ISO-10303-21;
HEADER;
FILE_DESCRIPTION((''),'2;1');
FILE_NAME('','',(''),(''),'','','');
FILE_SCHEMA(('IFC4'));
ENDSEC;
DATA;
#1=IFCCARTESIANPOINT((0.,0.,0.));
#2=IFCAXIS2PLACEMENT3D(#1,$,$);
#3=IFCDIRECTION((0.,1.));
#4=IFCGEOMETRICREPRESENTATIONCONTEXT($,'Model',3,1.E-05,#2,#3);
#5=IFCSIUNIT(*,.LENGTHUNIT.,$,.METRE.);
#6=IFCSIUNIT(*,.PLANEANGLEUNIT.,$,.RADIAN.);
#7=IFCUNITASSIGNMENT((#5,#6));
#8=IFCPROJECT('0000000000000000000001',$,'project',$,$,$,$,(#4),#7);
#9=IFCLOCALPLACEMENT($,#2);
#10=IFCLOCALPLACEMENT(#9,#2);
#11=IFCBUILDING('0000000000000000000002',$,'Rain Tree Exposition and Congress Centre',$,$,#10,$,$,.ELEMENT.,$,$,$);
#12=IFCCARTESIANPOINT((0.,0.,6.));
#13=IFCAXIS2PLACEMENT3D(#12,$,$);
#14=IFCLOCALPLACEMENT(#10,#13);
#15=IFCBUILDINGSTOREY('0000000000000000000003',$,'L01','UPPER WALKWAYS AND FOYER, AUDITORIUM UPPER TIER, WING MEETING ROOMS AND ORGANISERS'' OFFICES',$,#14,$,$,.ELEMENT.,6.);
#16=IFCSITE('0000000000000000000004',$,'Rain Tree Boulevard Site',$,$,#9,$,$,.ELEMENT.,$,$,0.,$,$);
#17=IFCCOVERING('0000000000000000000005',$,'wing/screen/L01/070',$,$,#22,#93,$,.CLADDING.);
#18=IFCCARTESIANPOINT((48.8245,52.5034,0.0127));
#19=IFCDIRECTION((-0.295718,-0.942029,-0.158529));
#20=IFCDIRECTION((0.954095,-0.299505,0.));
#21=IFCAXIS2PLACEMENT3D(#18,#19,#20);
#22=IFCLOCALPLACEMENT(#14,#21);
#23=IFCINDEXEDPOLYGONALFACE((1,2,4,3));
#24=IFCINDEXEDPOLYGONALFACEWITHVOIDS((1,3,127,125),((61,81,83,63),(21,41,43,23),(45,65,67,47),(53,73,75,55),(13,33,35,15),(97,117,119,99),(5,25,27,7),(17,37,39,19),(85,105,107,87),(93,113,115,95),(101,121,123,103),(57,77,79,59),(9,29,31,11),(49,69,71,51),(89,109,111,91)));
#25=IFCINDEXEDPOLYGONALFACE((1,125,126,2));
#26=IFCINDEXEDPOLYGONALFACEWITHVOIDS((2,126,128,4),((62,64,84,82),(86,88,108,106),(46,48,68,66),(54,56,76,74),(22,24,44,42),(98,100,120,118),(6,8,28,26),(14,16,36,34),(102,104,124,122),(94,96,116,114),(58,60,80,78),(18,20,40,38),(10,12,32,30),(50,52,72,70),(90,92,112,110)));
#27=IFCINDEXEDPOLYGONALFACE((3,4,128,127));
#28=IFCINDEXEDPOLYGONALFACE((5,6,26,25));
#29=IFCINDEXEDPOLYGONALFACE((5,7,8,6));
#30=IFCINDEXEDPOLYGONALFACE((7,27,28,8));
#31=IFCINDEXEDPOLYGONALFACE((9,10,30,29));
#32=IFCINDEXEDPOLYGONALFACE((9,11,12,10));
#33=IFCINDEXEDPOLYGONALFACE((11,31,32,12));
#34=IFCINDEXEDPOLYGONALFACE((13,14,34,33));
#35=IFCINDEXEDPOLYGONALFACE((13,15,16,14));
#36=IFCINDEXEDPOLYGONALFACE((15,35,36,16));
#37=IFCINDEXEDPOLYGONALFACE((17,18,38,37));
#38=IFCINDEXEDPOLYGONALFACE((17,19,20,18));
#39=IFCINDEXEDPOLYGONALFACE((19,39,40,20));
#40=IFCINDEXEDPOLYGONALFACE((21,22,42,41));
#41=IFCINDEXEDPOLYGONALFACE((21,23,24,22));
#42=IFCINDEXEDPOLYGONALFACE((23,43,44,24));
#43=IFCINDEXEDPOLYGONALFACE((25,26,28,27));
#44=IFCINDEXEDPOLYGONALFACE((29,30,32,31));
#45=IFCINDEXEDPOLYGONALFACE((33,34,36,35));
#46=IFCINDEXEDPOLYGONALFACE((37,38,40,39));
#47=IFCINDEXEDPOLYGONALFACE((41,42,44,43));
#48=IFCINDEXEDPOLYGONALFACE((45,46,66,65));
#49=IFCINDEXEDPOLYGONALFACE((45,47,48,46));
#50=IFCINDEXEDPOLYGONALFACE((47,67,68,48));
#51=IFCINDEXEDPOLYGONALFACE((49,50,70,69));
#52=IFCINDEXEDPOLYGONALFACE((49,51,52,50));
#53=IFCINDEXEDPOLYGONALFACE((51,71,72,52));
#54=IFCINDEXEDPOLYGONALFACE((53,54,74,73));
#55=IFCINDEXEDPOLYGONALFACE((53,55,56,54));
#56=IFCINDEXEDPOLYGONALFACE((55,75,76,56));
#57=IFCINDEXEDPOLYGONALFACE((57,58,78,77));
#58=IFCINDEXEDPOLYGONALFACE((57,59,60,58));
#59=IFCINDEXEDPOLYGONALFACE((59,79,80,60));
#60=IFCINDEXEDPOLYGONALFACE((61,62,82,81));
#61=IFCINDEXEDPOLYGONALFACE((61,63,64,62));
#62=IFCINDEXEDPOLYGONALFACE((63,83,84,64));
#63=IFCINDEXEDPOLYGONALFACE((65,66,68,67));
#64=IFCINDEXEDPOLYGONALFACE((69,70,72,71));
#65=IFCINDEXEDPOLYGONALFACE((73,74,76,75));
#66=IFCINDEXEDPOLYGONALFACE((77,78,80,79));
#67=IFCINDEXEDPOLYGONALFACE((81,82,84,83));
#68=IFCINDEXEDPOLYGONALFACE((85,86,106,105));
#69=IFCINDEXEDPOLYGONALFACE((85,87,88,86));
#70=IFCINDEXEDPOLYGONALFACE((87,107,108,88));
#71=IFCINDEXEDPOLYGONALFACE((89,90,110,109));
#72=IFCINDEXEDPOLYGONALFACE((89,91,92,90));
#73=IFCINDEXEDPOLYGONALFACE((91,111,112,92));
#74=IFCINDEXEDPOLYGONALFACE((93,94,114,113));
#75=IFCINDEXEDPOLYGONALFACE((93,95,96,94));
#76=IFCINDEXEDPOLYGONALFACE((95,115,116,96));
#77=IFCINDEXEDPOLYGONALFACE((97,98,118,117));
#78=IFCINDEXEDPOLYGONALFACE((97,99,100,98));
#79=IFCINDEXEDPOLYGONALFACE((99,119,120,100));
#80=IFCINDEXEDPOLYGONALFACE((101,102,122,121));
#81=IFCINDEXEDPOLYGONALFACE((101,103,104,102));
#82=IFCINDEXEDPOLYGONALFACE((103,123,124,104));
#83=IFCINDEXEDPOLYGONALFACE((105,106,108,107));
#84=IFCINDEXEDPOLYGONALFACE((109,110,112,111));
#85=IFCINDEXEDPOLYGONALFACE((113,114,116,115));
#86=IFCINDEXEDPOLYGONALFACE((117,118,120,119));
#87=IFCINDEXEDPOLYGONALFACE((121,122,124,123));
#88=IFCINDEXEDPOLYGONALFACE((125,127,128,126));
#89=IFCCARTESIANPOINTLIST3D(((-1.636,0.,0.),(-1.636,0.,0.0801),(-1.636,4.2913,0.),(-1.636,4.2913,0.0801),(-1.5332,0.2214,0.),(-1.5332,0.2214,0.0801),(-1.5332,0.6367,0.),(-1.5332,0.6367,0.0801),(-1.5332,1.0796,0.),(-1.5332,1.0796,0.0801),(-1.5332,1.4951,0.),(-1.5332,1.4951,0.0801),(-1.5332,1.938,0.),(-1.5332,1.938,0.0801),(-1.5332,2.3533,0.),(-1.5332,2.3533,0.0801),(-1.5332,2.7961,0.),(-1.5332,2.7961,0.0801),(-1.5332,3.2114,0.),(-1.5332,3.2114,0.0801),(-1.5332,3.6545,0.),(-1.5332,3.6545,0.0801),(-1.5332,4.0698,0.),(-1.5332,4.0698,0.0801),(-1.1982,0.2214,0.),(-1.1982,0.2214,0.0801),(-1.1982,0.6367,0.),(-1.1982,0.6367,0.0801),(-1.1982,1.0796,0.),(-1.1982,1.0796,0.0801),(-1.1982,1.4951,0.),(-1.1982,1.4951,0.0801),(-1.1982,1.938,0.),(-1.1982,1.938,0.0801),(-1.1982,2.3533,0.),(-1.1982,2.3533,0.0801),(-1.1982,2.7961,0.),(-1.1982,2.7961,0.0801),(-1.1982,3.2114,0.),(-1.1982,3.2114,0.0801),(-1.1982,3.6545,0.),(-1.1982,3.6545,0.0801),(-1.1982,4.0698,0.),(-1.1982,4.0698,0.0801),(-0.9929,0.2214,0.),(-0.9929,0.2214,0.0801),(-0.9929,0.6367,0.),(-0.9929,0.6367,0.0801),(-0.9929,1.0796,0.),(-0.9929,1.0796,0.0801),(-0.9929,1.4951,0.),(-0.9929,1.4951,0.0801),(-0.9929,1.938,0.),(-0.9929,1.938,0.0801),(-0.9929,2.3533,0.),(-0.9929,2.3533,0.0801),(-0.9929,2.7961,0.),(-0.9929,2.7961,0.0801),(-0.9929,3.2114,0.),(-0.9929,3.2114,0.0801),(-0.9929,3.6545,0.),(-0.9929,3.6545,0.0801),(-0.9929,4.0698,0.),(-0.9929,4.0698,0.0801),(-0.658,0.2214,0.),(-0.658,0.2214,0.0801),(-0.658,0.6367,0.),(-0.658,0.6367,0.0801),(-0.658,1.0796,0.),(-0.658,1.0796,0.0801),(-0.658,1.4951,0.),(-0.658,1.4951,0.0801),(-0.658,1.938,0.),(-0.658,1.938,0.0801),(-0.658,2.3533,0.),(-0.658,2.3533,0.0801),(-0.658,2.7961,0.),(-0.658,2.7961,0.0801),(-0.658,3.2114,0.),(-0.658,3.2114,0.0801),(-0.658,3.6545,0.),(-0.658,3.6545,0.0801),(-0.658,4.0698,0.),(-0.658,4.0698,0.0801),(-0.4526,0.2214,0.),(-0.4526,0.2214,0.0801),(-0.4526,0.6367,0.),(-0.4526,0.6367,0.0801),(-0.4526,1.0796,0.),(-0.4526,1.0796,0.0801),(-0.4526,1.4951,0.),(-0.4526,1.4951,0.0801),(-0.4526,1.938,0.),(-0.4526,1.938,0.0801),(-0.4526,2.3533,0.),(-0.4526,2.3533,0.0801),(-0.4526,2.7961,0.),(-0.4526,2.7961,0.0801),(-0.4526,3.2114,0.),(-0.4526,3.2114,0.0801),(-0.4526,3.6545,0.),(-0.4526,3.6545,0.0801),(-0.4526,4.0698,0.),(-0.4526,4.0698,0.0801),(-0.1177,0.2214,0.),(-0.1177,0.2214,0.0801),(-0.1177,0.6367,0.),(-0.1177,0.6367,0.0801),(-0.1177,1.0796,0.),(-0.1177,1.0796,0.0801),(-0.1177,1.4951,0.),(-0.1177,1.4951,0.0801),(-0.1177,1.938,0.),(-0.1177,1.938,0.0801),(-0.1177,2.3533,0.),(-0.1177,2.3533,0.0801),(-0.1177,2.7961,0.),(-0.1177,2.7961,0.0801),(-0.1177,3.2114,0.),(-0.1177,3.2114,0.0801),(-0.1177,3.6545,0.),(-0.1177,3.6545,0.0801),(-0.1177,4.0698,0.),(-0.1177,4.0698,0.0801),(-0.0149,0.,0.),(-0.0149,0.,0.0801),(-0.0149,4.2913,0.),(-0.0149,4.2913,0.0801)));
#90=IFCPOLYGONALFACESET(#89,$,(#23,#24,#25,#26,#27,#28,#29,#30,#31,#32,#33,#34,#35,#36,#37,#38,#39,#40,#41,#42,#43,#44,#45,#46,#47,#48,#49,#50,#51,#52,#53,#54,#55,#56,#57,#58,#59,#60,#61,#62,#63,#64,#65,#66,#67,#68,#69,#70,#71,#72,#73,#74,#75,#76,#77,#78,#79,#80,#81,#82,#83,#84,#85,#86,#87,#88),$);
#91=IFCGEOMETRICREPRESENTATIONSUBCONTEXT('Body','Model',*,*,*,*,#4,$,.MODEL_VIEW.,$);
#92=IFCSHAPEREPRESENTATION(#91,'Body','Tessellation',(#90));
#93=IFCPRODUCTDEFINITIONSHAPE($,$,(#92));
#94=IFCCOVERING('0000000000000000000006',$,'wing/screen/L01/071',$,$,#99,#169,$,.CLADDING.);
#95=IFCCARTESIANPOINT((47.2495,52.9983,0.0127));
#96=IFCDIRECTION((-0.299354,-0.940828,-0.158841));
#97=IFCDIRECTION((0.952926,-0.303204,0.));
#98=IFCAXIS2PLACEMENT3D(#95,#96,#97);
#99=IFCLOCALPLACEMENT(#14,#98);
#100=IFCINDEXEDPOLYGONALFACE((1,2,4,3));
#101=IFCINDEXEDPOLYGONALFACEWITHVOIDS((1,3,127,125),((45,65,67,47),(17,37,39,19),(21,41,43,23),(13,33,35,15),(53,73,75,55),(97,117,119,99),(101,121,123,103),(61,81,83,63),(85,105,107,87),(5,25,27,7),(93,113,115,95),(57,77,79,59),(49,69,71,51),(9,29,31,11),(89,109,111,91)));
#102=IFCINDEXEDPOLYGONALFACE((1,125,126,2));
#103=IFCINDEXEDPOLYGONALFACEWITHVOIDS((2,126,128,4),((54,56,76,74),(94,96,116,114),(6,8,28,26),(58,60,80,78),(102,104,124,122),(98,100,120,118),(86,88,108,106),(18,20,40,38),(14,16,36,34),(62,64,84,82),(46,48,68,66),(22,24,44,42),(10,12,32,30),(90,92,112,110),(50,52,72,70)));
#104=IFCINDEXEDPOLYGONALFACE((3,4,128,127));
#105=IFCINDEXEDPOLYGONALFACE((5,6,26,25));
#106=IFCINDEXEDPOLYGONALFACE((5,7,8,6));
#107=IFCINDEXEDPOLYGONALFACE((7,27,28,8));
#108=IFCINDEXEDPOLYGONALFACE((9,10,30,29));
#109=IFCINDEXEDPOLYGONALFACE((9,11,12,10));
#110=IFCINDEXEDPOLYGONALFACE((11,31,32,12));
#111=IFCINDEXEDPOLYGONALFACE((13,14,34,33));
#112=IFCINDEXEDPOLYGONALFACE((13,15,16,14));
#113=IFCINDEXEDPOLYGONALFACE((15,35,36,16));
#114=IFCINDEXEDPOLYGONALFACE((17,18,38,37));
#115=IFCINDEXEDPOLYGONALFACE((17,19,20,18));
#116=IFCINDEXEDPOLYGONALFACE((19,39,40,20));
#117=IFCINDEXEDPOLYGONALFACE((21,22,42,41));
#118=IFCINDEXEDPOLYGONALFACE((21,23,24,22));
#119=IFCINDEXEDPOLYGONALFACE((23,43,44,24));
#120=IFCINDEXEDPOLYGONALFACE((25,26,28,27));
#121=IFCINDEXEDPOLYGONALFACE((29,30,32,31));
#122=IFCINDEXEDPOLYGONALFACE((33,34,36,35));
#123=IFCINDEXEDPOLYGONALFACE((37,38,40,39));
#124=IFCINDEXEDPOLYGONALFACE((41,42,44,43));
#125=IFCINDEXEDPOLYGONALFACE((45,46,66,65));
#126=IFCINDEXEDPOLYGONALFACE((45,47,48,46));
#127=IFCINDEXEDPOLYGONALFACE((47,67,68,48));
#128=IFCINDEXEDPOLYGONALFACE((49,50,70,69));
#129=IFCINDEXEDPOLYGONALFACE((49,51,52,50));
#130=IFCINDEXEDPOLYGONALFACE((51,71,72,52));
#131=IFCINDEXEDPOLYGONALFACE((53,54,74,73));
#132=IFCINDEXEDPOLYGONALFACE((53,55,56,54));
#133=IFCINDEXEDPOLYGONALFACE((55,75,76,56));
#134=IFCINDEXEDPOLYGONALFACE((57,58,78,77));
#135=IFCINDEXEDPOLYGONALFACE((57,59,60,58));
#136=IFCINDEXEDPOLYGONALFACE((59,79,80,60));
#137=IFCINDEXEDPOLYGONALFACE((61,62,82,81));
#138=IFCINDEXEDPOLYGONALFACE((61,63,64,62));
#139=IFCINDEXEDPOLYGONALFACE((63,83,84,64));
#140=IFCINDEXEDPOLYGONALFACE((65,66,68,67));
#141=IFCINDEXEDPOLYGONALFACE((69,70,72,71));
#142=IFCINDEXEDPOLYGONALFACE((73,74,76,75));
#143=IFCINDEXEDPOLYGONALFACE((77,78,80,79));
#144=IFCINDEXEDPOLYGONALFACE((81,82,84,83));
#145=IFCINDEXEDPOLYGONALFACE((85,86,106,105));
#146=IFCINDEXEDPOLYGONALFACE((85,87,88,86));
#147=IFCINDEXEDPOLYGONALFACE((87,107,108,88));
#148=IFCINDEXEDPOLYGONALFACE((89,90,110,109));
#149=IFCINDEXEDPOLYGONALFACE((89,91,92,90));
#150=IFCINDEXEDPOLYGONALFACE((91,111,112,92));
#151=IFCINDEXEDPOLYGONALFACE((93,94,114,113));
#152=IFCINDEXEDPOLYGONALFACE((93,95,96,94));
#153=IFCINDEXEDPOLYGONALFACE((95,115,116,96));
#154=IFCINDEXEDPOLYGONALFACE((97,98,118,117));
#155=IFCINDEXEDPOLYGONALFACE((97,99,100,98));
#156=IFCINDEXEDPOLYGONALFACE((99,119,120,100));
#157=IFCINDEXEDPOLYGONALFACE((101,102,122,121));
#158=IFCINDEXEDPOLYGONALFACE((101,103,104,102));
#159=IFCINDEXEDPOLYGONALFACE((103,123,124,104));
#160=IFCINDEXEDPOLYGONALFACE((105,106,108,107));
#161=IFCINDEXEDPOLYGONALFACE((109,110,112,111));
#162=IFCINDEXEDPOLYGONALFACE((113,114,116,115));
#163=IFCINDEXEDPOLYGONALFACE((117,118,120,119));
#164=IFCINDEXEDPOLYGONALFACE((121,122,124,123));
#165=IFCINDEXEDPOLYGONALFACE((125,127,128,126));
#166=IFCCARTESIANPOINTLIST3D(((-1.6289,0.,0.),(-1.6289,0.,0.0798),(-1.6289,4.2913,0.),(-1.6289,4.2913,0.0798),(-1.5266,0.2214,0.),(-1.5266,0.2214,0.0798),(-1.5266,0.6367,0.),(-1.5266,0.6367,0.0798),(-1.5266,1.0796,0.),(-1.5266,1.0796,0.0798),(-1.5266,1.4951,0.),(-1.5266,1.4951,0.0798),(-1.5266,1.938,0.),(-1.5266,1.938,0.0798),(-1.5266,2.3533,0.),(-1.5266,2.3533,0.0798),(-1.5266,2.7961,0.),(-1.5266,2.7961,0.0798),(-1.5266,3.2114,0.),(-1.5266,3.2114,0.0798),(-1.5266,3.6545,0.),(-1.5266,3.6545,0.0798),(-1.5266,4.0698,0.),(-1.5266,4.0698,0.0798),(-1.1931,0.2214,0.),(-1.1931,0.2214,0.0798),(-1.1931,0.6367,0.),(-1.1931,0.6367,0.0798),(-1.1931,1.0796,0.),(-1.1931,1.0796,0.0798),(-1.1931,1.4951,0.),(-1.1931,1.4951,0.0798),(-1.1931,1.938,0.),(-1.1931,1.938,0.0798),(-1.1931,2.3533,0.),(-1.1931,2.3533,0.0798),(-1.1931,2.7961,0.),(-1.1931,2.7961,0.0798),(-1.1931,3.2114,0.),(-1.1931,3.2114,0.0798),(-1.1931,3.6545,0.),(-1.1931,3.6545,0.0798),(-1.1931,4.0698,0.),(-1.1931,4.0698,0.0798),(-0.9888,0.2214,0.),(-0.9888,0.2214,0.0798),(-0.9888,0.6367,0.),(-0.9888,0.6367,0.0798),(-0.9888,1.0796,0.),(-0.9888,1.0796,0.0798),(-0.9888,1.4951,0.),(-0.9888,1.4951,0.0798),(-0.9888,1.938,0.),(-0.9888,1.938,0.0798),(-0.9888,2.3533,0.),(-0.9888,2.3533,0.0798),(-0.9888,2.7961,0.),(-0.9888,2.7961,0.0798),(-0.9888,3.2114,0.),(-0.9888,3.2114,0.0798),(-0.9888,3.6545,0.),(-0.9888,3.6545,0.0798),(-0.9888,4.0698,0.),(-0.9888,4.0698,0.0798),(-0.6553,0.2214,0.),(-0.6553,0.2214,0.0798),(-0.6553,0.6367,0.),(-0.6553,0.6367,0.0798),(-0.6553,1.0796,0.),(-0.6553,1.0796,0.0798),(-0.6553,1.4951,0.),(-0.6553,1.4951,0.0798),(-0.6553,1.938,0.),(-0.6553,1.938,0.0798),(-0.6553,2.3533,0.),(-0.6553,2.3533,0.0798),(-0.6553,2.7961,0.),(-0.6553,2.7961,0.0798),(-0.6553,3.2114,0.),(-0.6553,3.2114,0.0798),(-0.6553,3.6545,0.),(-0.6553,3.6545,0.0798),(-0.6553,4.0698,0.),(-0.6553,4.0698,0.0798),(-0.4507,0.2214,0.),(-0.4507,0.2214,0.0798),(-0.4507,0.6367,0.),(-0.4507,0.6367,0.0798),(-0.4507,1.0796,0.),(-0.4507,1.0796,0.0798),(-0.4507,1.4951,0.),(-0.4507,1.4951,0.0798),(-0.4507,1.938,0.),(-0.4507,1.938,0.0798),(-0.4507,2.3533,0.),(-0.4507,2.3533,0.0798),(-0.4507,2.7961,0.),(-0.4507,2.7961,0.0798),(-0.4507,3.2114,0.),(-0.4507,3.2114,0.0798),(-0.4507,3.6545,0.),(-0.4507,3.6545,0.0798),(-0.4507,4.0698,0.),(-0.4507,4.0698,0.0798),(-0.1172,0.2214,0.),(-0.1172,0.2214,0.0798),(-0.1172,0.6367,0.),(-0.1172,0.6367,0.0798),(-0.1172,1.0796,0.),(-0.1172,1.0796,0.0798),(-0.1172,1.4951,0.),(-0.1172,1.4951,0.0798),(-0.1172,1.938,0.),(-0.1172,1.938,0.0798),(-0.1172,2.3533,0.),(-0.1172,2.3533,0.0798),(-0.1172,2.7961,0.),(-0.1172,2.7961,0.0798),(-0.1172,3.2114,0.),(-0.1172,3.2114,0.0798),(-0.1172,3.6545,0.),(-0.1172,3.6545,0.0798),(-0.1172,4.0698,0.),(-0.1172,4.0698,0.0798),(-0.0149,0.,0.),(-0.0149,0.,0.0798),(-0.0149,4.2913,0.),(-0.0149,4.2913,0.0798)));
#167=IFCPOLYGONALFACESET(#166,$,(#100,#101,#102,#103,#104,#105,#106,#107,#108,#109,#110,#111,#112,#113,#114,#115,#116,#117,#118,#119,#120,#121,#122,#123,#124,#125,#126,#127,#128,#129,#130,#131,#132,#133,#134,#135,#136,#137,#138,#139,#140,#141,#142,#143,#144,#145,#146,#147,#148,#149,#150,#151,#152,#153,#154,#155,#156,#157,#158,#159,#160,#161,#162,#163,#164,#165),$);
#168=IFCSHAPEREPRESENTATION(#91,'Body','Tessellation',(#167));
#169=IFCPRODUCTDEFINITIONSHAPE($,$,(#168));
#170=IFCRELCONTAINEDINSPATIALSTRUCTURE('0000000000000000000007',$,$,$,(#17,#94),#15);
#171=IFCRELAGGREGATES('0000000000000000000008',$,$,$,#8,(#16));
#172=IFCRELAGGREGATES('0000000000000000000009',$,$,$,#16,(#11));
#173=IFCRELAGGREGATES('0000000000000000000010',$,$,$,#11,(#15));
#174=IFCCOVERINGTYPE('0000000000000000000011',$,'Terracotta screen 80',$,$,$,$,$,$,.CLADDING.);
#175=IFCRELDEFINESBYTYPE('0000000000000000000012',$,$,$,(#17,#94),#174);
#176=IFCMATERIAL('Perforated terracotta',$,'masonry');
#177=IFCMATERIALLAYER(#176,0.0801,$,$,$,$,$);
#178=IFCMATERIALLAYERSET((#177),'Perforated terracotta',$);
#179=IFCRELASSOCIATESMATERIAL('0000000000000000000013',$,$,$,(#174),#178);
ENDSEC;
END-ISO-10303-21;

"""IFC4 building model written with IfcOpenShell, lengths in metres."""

from ifc_helpers import new_model, si_unit, direction, frame, origin, place, context, subcontext, project, spatial, polyline, outline, extrude, material, layer, layer_set, type_object, element, save


model = new_model("IFC4")

# Units and contexts
model_context = context("Model", 3, precision=1e-05, world=origin(), true_north=direction((0.0, 1.0)))
body_context = subcontext(model_context, "Body", "Model", "MODEL_VIEW")
ifc_project = project(units=[si_unit("LENGTHUNIT", "METRE"), si_unit("PLANEANGLEUNIT", "RADIAN")], contexts=[model_context])

# Site, building, storey
site_placement = place(None, origin())
site = spatial("IfcSite", under=ifc_project, at=site_placement, Name="Rain Tree Boulevard Site", CompositionType="ELEMENT", RefElevation=0.0)
building_placement = place(site_placement, origin())
building = spatial("IfcBuilding", under=site, at=building_placement, Name="Rain Tree Exposition and Congress Centre", CompositionType="ELEMENT")
storey_placement = place(building_placement, frame((0.0, 0.0, 6.0)))
storey = spatial("IfcBuildingStorey", under=building, at=storey_placement, Name="L01", Description="UPPER WALKWAYS AND FOYER, AUDITORIUM UPPER TIER, WING MEETING ROOMS AND ORGANISERS' OFFICES", CompositionType="ELEMENT", Elevation=6.0)

# Coverings
ifc_material_1 = material(Name="Perforated terracotta", Category="masonry")
ifc_layer_1 = layer(ifc_material_1, 0.0801)
ifc_layer_set_1 = layer_set([ifc_layer_1], Name="Perforated terracotta")
covering_type = type_object("IfcCoveringType", Name="Terracotta screen 80", PredefinedType="CLADDING", material=ifc_layer_set_1)
covering_1_placement = place(storey_placement, frame((48.8245, 52.5034, 0.0127), z_axis=(-0.295718, -0.942029, -0.158529), x_axis=(0.954095, -0.299505, 0.0)))
element("IfcCovering", 1, at=covering_1_placement, inside=storey, type_object=covering_type, Name="wing/screen/L01/070", PredefinedType="CLADDING", context=body_context, shape_type="SweptSolid", body=[
    extrude(outline(polyline([(-1.636, 0.0), (-1.636, 4.2913), (-0.0149, 4.2913), (-0.0149, 0.0), (-1.636, 0.0)]), holes=[polyline([(-0.1177, 0.2214), (-0.1177, 0.6367), (-0.4526, 0.6367), (-0.4526, 0.2214), (-0.1177, 0.2214)]), polyline([(-0.1177, 1.0796), (-0.1177, 1.4951), (-0.4526, 1.4951), (-0.4526, 1.0796), (-0.1177, 1.0796)]), polyline([(-0.1177, 1.938), (-0.1177, 2.3533), (-0.4526, 2.3533), (-0.4526, 1.938), (-0.1177, 1.938)]), polyline([(-0.1177, 2.7961), (-0.1177, 3.2114), (-0.4526, 3.2114), (-0.4526, 2.7961), (-0.1177, 2.7961)]), polyline([(-0.1177, 3.6545), (-0.1177, 4.0698), (-0.4526, 4.0698), (-0.4526, 3.6545), (-0.1177, 3.6545)]), polyline([(-0.658, 0.2214), (-0.658, 0.6367), (-0.9929, 0.6367), (-0.9929, 0.2214), (-0.658, 0.2214)]), polyline([(-0.658, 1.0796), (-0.658, 1.4951), (-0.9929, 1.4951), (-0.9929, 1.0796), (-0.658, 1.0796)]), polyline([(-0.658, 1.938), (-0.658, 2.3533), (-0.9929, 2.3533), (-0.9929, 1.938), (-0.658, 1.938)]), polyline([(-0.658, 2.7961), (-0.658, 3.2114), (-0.9929, 3.2114), (-0.9929, 2.7961), (-0.658, 2.7961)]), polyline([(-0.658, 3.6545), (-0.658, 4.0698), (-0.9929, 4.0698), (-0.9929, 3.6545), (-0.658, 3.6545)]), polyline([(-1.1982, 0.2214), (-1.1982, 0.6367), (-1.5332, 0.6367), (-1.5332, 0.2214), (-1.1982, 0.2214)]), polyline([(-1.1982, 1.0796), (-1.1982, 1.4951), (-1.5332, 1.4951), (-1.5332, 1.0796), (-1.1982, 1.0796)]), polyline([(-1.1982, 1.938), (-1.1982, 2.3533), (-1.5332, 2.3533), (-1.5332, 1.938), (-1.1982, 1.938)]), polyline([(-1.1982, 2.7961), (-1.1982, 3.2114), (-1.5332, 3.2114), (-1.5332, 2.7961), (-1.1982, 2.7961)]), polyline([(-1.1982, 3.6545), (-1.1982, 4.0698), (-1.5332, 4.0698), (-1.5332, 3.6545), (-1.1982, 3.6545)])]), origin(), (0.0, 0.0, 1.0), 0.0801),
])
covering_2_placement = place(storey_placement, frame((47.2495, 52.9983, 0.0127), z_axis=(-0.299354, -0.940828, -0.158841), x_axis=(0.952926, -0.303204, 0.0)))
element("IfcCovering", 2, at=covering_2_placement, inside=storey, type_object=covering_type, Name="wing/screen/L01/071", PredefinedType="CLADDING", context=body_context, shape_type="SweptSolid", body=[
    extrude(outline(polyline([(-1.6289, 0.0), (-1.6289, 4.2913), (-0.0149, 4.2913), (-0.0149, 0.0), (-1.6289, 0.0)]), holes=[polyline([(-0.1172, 0.2214), (-0.1172, 0.6367), (-0.4507, 0.6367), (-0.4507, 0.2214), (-0.1172, 0.2214)]), polyline([(-0.1172, 1.0796), (-0.1172, 1.4951), (-0.4507, 1.4951), (-0.4507, 1.0796), (-0.1172, 1.0796)]), polyline([(-0.1172, 1.938), (-0.1172, 2.3533), (-0.4507, 2.3533), (-0.4507, 1.938), (-0.1172, 1.938)]), polyline([(-0.1172, 2.7961), (-0.1172, 3.2114), (-0.4507, 3.2114), (-0.4507, 2.7961), (-0.1172, 2.7961)]), polyline([(-0.1172, 3.6545), (-0.1172, 4.0698), (-0.4507, 4.0698), (-0.4507, 3.6545), (-0.1172, 3.6545)]), polyline([(-0.6553, 0.2214), (-0.6553, 0.6367), (-0.9888, 0.6367), (-0.9888, 0.2214), (-0.6553, 0.2214)]), polyline([(-0.6553, 1.0796), (-0.6553, 1.4951), (-0.9888, 1.4951), (-0.9888, 1.0796), (-0.6553, 1.0796)]), polyline([(-0.6553, 1.938), (-0.6553, 2.3533), (-0.9888, 2.3533), (-0.9888, 1.938), (-0.6553, 1.938)]), polyline([(-0.6553, 2.7961), (-0.6553, 3.2114), (-0.9888, 3.2114), (-0.9888, 2.7961), (-0.6553, 2.7961)]), polyline([(-0.6553, 3.6545), (-0.6553, 4.0698), (-0.9888, 4.0698), (-0.9888, 3.6545), (-0.6553, 3.6545)]), polyline([(-1.1931, 0.2214), (-1.1931, 0.6367), (-1.5266, 0.6367), (-1.5266, 0.2214), (-1.1931, 0.2214)]), polyline([(-1.1931, 1.0796), (-1.1931, 1.4951), (-1.5266, 1.4951), (-1.5266, 1.0796), (-1.1931, 1.0796)]), polyline([(-1.1931, 1.938), (-1.1931, 2.3533), (-1.5266, 2.3533), (-1.5266, 1.938), (-1.1931, 1.938)]), polyline([(-1.1931, 2.7961), (-1.1931, 3.2114), (-1.5266, 3.2114), (-1.5266, 2.7961), (-1.1931, 2.7961)]), polyline([(-1.1931, 3.6545), (-1.1931, 4.0698), (-1.5266, 4.0698), (-1.5266, 3.6545), (-1.1931, 3.6545)])]), origin(), (0.0, 0.0, 1.0), 0.0798),
])

save(model, "model.ifc")
